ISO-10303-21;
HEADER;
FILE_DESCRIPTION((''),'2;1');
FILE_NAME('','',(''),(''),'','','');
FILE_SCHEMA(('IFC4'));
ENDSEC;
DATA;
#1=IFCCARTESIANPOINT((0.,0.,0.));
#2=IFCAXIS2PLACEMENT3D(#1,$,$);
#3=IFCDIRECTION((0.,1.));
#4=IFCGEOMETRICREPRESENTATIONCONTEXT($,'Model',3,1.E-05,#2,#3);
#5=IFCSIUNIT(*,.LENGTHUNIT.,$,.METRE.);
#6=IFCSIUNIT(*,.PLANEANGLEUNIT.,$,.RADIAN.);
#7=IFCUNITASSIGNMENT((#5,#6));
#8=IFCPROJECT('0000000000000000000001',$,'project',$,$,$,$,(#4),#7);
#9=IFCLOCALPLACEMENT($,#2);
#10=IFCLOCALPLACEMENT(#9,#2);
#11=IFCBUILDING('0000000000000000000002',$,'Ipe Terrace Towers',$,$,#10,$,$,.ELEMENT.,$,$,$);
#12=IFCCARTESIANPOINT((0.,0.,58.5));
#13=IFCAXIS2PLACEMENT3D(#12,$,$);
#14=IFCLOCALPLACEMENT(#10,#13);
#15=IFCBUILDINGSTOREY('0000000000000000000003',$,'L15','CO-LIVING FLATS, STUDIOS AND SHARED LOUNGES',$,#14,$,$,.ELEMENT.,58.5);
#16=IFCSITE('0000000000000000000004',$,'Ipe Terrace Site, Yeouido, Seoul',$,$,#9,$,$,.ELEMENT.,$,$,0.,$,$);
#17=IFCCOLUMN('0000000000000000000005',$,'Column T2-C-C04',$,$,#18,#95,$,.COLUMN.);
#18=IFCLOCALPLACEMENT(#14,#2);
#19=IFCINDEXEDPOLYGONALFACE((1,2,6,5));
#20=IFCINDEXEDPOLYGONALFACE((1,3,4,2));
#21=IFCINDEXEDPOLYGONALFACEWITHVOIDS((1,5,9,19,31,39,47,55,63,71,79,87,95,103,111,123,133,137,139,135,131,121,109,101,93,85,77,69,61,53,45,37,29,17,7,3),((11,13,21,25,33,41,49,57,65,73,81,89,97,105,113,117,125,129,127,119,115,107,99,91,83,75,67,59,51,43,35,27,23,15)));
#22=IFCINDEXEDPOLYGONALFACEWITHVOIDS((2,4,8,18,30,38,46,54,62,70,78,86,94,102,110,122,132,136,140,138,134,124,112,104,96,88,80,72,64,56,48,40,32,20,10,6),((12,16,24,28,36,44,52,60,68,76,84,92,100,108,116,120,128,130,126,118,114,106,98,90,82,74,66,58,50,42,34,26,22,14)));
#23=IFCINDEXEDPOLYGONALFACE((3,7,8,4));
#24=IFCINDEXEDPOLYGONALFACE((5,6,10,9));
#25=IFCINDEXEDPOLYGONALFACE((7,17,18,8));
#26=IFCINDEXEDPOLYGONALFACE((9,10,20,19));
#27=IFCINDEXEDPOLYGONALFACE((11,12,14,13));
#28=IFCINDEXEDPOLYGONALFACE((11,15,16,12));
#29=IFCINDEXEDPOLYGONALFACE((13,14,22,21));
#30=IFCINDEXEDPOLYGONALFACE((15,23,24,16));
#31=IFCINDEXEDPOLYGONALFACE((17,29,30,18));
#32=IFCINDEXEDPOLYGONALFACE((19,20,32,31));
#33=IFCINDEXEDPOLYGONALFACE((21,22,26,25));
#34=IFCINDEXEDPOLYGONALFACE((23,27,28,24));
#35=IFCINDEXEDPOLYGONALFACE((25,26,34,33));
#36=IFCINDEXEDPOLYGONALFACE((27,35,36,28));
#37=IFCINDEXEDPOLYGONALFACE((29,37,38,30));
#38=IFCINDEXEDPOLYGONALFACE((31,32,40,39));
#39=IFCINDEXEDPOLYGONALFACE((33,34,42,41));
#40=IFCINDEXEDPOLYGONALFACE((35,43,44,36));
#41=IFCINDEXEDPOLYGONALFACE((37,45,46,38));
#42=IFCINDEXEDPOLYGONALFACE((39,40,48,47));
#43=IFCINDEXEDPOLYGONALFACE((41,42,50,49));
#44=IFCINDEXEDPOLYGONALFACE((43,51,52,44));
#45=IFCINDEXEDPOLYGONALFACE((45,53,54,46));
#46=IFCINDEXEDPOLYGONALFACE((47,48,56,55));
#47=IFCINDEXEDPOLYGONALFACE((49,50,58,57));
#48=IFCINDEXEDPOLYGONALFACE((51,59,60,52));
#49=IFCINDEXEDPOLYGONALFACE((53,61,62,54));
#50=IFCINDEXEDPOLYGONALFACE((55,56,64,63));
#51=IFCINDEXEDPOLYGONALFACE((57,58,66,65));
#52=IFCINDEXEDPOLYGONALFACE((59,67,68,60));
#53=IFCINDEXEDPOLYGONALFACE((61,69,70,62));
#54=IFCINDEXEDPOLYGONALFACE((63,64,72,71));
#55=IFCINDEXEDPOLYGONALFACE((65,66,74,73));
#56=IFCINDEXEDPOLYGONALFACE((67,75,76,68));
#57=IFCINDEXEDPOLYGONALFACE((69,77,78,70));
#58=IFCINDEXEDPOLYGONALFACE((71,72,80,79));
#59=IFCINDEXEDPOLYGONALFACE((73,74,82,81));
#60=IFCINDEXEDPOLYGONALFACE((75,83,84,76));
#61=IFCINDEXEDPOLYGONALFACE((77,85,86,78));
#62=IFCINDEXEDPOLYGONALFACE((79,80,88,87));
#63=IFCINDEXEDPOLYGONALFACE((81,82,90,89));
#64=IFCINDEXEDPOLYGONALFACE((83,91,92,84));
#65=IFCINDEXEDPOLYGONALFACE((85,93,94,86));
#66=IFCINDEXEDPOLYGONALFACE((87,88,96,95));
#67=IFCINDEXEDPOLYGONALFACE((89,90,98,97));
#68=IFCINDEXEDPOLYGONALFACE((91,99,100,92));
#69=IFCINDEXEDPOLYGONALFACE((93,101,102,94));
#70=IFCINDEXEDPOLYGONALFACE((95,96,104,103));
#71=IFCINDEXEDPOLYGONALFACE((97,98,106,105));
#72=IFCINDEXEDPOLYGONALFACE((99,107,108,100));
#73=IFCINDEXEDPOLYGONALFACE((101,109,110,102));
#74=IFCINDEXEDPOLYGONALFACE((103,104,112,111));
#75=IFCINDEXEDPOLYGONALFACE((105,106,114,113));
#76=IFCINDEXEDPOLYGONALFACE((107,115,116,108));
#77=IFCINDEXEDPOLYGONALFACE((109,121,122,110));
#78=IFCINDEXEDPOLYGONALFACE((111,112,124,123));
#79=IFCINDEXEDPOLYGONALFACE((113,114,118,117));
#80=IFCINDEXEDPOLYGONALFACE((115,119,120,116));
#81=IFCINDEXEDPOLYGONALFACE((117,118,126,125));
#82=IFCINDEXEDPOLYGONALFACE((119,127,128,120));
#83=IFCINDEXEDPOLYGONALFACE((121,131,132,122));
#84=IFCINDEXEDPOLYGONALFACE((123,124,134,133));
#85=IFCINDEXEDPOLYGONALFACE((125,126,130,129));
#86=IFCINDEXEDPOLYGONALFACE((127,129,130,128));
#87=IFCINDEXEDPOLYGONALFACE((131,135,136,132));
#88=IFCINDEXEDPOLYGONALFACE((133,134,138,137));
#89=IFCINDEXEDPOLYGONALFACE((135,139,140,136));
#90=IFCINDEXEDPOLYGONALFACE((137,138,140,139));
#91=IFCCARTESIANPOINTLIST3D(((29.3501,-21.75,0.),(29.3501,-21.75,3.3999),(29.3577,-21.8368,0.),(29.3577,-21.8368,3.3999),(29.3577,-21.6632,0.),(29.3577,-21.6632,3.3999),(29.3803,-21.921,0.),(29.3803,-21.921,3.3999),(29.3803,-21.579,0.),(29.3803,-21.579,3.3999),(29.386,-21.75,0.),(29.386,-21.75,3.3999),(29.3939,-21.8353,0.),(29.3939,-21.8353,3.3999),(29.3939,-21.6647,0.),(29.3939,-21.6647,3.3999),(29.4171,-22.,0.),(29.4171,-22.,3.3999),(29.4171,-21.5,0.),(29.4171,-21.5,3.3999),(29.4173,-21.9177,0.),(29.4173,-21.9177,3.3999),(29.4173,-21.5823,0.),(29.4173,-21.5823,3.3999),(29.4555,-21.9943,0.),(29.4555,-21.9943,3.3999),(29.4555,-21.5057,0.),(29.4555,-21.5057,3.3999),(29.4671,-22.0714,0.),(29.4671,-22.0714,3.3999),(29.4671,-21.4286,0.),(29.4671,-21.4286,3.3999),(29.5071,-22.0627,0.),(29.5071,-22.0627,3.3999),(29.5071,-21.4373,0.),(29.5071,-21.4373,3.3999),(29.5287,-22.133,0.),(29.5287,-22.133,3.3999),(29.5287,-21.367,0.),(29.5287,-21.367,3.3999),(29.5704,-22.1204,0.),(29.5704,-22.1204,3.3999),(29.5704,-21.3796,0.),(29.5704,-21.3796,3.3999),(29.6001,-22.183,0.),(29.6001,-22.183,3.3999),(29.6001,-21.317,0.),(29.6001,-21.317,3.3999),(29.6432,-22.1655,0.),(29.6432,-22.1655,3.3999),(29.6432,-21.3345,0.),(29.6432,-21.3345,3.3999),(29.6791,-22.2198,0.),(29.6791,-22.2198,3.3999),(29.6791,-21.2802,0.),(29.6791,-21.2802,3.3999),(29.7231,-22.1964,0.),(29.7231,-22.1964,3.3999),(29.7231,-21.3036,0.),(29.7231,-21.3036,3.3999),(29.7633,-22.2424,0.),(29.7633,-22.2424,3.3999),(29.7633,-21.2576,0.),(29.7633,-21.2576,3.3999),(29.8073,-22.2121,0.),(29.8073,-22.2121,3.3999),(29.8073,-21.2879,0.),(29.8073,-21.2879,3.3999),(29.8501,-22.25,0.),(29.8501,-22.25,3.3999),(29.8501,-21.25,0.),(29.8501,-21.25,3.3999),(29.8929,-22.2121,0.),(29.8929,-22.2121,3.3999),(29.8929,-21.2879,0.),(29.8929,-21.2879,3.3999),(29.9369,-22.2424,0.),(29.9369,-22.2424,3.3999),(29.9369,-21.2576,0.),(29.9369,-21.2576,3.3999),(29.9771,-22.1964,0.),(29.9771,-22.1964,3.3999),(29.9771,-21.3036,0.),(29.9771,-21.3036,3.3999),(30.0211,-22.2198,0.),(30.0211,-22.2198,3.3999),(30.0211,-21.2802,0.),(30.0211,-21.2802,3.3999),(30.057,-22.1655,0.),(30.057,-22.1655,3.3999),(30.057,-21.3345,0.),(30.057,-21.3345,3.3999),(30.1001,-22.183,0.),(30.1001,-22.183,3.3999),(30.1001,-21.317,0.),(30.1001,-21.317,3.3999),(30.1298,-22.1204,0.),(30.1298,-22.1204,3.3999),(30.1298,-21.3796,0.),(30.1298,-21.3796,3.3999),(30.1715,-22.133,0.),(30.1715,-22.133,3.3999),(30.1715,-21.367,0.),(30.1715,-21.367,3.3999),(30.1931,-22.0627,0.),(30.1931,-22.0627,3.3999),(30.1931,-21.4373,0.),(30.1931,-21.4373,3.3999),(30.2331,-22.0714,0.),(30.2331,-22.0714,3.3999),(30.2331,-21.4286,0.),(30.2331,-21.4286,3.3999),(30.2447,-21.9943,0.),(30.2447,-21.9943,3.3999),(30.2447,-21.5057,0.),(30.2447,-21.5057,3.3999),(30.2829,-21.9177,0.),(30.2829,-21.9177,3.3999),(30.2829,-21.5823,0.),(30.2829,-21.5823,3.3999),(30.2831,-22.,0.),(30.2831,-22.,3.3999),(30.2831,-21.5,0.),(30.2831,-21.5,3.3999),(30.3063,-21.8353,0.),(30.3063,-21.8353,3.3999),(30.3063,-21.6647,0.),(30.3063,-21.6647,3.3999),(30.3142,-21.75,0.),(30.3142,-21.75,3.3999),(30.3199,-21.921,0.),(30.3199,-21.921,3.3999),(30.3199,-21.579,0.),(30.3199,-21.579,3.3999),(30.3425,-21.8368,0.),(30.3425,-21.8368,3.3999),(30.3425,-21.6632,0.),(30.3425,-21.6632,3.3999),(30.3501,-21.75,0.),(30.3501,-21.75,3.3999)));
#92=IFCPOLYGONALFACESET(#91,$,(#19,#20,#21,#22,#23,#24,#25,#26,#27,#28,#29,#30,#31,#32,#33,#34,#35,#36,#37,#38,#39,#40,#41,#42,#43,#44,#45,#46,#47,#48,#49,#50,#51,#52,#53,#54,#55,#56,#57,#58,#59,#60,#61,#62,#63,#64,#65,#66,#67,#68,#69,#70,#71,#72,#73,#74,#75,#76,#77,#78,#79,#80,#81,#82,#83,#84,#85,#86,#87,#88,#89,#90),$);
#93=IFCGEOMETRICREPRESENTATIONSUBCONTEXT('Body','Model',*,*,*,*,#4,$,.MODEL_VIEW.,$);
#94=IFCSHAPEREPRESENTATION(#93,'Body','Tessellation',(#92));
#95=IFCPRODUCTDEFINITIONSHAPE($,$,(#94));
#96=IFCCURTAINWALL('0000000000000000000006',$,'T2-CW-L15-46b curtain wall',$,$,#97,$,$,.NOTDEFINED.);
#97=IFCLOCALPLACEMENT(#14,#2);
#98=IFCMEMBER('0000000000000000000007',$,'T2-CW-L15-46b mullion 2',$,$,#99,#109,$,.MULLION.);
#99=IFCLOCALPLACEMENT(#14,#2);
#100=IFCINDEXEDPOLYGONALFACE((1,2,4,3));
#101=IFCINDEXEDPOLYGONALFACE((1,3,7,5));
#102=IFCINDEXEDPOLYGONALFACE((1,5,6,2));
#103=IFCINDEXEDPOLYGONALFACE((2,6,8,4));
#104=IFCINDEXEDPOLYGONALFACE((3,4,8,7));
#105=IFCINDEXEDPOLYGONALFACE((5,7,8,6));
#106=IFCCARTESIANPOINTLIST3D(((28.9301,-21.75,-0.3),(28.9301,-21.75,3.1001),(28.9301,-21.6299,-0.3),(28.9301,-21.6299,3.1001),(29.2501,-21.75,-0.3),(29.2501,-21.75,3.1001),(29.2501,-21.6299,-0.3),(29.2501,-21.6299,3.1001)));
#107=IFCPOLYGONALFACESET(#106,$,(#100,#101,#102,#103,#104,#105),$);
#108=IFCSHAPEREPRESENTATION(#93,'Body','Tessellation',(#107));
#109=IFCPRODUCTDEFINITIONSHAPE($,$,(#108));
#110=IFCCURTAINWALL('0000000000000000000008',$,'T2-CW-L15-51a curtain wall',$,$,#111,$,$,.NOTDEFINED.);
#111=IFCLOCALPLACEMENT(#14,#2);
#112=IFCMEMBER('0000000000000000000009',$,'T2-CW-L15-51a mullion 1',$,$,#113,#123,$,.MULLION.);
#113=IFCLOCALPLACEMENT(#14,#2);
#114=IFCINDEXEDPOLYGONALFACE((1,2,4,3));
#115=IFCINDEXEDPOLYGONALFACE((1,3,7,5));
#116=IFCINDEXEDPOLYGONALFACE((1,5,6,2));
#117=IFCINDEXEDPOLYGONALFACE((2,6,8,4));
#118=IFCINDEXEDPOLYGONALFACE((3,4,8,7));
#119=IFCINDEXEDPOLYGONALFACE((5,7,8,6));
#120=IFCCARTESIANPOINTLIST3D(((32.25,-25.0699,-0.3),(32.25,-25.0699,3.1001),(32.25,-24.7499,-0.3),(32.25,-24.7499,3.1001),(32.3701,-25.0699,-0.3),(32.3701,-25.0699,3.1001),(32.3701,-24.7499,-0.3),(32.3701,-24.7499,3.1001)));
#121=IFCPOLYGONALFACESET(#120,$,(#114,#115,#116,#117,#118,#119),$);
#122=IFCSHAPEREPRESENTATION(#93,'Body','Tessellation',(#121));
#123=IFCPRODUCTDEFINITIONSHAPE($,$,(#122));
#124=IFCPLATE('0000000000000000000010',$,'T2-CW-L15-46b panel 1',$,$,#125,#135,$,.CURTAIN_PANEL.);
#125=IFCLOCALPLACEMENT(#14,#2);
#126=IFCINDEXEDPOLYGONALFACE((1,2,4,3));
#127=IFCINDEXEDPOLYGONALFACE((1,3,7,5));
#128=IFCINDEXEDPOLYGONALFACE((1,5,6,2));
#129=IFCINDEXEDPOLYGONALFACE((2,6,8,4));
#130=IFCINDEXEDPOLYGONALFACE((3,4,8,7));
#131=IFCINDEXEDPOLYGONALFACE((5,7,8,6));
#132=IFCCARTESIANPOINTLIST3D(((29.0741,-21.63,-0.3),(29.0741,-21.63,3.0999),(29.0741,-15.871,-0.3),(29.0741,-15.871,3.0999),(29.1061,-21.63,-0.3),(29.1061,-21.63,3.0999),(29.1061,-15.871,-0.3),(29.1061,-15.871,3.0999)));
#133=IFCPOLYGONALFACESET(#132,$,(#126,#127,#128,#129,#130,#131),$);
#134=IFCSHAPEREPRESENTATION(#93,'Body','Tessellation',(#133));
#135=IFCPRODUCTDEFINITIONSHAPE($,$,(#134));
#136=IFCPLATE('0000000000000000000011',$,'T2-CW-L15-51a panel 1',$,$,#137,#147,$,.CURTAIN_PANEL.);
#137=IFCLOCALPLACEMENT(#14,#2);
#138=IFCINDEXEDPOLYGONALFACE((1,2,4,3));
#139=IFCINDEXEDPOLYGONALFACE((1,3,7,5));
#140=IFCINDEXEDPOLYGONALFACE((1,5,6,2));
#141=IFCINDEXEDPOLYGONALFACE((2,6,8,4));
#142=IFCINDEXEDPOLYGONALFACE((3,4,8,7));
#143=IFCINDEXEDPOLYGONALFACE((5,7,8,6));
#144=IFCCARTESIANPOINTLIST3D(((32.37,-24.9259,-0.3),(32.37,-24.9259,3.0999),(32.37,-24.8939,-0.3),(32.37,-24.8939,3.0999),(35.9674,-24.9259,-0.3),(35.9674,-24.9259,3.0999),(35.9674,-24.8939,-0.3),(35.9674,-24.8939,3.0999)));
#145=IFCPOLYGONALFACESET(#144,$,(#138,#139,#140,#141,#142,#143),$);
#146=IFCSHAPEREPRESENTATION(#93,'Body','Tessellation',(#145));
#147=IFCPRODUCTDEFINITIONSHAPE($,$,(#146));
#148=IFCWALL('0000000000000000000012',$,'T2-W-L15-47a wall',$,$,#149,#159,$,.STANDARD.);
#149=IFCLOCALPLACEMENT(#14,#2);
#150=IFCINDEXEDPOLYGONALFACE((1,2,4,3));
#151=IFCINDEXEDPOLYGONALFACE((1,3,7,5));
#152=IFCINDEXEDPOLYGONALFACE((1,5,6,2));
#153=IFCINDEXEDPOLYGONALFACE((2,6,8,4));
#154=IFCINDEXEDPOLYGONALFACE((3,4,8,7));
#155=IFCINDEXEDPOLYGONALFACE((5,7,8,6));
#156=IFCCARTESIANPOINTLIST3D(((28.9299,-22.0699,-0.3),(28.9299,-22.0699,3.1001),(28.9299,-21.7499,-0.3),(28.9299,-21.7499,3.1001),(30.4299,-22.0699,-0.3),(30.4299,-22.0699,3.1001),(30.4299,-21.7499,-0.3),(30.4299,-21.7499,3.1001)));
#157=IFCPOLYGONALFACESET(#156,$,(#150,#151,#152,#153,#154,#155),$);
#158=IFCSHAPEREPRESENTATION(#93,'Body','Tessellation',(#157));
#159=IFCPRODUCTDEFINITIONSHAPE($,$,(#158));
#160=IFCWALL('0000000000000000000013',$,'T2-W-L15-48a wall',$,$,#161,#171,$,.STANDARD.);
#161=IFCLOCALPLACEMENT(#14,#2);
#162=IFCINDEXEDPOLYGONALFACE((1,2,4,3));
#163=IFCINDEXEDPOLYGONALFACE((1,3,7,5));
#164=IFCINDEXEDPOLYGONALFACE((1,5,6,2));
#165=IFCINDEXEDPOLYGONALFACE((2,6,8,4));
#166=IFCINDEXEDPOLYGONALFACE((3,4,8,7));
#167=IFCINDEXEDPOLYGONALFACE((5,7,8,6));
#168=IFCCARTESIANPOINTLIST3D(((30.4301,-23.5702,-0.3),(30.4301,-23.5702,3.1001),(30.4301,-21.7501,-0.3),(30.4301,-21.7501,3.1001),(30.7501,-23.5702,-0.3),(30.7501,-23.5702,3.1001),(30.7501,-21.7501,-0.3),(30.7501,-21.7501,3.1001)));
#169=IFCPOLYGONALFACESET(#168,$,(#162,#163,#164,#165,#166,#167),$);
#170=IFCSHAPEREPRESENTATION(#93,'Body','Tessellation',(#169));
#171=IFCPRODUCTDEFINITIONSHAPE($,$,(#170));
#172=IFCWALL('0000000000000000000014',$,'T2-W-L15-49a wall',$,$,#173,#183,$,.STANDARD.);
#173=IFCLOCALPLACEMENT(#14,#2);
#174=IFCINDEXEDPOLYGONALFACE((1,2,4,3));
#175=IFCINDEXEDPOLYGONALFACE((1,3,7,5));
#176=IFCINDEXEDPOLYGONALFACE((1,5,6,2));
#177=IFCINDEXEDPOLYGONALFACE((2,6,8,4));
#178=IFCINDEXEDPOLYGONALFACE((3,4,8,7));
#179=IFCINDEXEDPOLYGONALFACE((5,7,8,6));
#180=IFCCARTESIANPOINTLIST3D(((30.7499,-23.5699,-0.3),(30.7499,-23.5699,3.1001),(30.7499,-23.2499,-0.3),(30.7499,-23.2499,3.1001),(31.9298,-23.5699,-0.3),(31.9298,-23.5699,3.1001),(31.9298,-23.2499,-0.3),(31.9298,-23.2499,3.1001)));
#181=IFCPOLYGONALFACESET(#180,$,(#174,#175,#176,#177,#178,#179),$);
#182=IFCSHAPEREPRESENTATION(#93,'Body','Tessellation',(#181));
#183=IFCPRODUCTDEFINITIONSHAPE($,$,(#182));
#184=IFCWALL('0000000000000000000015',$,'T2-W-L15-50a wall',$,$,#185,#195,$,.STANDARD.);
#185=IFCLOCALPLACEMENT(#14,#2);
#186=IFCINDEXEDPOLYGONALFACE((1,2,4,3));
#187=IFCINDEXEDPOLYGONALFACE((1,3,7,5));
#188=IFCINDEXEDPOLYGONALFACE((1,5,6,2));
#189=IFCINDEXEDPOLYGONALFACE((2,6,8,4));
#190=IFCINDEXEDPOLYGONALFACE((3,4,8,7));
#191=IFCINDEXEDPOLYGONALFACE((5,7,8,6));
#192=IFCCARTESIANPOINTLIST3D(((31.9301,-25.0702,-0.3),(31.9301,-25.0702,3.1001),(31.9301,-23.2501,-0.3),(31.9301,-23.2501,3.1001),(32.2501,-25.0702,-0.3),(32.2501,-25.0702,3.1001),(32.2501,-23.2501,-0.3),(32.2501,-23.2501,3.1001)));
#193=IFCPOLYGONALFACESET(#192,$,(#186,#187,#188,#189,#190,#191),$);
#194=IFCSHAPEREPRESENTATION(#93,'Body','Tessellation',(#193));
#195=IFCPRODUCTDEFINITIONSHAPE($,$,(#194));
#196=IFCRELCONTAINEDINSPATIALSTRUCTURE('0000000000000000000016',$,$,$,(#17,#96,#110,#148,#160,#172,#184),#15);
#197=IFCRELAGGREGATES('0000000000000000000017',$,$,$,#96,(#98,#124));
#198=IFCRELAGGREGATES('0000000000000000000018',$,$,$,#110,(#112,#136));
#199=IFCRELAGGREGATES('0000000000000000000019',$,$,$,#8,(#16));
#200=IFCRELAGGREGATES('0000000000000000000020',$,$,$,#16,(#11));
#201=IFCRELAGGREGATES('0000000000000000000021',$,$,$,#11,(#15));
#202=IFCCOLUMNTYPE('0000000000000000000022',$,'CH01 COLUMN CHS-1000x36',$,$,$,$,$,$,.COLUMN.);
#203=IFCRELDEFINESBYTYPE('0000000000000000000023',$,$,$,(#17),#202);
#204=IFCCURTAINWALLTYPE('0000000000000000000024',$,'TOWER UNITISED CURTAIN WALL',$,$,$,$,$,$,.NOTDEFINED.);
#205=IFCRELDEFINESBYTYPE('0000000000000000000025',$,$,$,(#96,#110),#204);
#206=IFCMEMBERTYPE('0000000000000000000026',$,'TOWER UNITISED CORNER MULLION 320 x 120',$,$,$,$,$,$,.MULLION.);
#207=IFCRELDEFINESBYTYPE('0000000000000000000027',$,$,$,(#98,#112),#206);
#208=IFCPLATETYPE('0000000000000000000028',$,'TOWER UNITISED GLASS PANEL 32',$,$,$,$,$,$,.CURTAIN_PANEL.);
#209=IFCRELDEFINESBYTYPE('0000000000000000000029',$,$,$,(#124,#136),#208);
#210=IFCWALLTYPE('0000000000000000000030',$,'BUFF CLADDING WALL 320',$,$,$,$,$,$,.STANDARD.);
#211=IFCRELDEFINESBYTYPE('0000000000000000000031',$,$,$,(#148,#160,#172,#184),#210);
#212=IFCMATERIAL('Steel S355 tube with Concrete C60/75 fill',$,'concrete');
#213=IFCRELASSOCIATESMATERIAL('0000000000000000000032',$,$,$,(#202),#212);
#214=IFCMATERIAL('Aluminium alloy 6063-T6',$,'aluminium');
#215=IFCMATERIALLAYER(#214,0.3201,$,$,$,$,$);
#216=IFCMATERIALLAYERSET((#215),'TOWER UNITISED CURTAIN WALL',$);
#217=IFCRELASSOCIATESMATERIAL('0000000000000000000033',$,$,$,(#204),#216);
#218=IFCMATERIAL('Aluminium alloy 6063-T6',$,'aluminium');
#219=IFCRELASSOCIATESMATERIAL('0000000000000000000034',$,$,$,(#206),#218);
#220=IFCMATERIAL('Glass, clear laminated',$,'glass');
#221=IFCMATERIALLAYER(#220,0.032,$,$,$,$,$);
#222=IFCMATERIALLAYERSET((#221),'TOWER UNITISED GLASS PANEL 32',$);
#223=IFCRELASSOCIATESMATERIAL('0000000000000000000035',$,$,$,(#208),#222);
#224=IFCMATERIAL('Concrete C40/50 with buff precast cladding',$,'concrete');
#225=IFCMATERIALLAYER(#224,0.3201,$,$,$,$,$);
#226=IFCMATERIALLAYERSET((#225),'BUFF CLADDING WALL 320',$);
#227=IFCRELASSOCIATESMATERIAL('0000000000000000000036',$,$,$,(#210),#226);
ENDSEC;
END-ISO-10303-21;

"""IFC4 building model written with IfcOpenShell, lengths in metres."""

from ifc_helpers import new_model, si_unit, direction, frame, frame_2d, origin, origin_2d, place, context, subcontext, project, spatial, rectangle, hollow_circle, extrude, material, layer, layer_set, material_profile, profile_set, type_object, element, aggregate, save


model = new_model("IFC4")

# Units and contexts
model_context = context("Model", 3, precision=1e-05, world=origin(), true_north=direction((0.0, 1.0)))
body_context = subcontext(model_context, "Body", "Model", "MODEL_VIEW")
ifc_project = project(units=[si_unit("LENGTHUNIT", "METRE"), si_unit("PLANEANGLEUNIT", "RADIAN")], contexts=[model_context])

# Site, building, storey
site_placement = place(None, origin())
site = spatial("IfcSite", under=ifc_project, at=site_placement, Name="Ipe Terrace Site, Yeouido, Seoul", CompositionType="ELEMENT", RefElevation=0.0)
building_placement = place(site_placement, origin())
building = spatial("IfcBuilding", under=site, at=building_placement, Name="Ipe Terrace Towers", CompositionType="ELEMENT")
storey_placement = place(building_placement, frame((0.0, 0.0, 58.5)))
storey = spatial("IfcBuildingStorey", under=building, at=storey_placement, Name="L15", Description="CO-LIVING FLATS, STUDIOS AND SHARED LOUNGES", CompositionType="ELEMENT", Elevation=58.5)

# Column
ifc_material_1 = material(Name="Steel S355 tube with Concrete C60/75 fill", Category="concrete")
ifc_material_profile_1 = material_profile(ifc_material_1, hollow_circle(Radius=0.5, WallThickness=0.0359, at=origin_2d()), Name="CHS-1000x36")
ifc_profile_set_1 = profile_set([ifc_material_profile_1], Name="Steel S355 tube with Concrete C60/75 fill")
column_type = type_object("IfcColumnType", Name="CH01 COLUMN CHS-1000x36", PredefinedType="COLUMN", material=ifc_profile_set_1)
column_placement = place(storey_placement, frame((29.8501, -21.75, 0.0), z_axis=(0.0, 0.0, 1.0), x_axis=(1.0, 0.0, 0.0)))
element("IfcColumn", 1, at=column_placement, inside=storey, type_object=column_type, Name="Column T2-C-C04", PredefinedType="COLUMN", context=body_context, shape_type="SweptSolid", body=[
    extrude(hollow_circle(Radius=0.5, WallThickness=0.0359, at=origin_2d()), origin(), (0.0, 0.0, 1.0), 3.3999),
])

# Curtain walls, members
ifc_material_2 = material(Name="Aluminium alloy 6063-T6", Category="aluminium")
ifc_layer_1 = layer(ifc_material_2, 0.3201)
ifc_layer_set_1 = layer_set([ifc_layer_1], Name="TOWER UNITISED CURTAIN WALL")
curtain_wall_type = type_object("IfcCurtainWallType", Name="TOWER UNITISED CURTAIN WALL", PredefinedType="NOTDEFINED", material=ifc_layer_set_1)
curtain_wall_1_placement = place(storey_placement, origin())
curtain_wall_1 = element("IfcCurtainWall", 2, at=curtain_wall_1_placement, inside=storey, type_object=curtain_wall_type, Name="T2-CW-L15-46b curtain wall", PredefinedType="NOTDEFINED")
ifc_material_3 = material(Name="Aluminium alloy 6063-T6", Category="aluminium")
ifc_material_profile_2 = material_profile(ifc_material_3, rectangle(XDim=0.3201, YDim=0.1201, at=origin_2d()), Name="TOWER UNITISED CORNER MULLION 320 x 120")
ifc_profile_set_2 = profile_set([ifc_material_profile_2], Name="Aluminium alloy 6063-T6")
member_type = type_object("IfcMemberType", Name="TOWER UNITISED CORNER MULLION 320 x 120", PredefinedType="MULLION", material=ifc_profile_set_2)
member_1_placement = place(storey_placement, frame((29.0901, -21.6899, -0.3), z_axis=(0.0, 0.0, 1.0), x_axis=(-1.0, 0.0, 0.0)))
member_1 = element("IfcMember", 3, at=member_1_placement, type_object=member_type, Name="T2-CW-L15-46b mullion 2", PredefinedType="MULLION", context=body_context, shape_type="SweptSolid", body=[
    extrude(rectangle(XDim=0.3201, YDim=0.1201, at=origin_2d()), origin(), (0.0, 0.0, 1.0), 3.4001),
])
curtain_wall_2_placement = place(storey_placement, origin())
curtain_wall_2 = element("IfcCurtainWall", 4, at=curtain_wall_2_placement, inside=storey, type_object=curtain_wall_type, Name="T2-CW-L15-51a curtain wall", PredefinedType="NOTDEFINED")
member_2_placement = place(storey_placement, frame((32.3101, -24.9099, -0.3), z_axis=(0.0, 0.0, 1.0), x_axis=(0.0, -1.0, 0.0)))
member_2 = element("IfcMember", 5, at=member_2_placement, type_object=member_type, Name="T2-CW-L15-51a mullion 1", PredefinedType="MULLION", context=body_context, shape_type="SweptSolid", body=[
    extrude(rectangle(XDim=0.3201, YDim=0.1201, at=origin_2d()), origin(), (0.0, 0.0, 1.0), 3.4001),
])

# Plates
ifc_material_4 = material(Name="Glass, clear laminated", Category="glass")
ifc_layer_2 = layer(ifc_material_4, 0.032)
ifc_layer_set_2 = layer_set([ifc_layer_2], Name="TOWER UNITISED GLASS PANEL 32")
plate_type = type_object("IfcPlateType", Name="TOWER UNITISED GLASS PANEL 32", PredefinedType="CURTAIN_PANEL", material=ifc_layer_set_2)
plate_1_placement = place(storey_placement, frame((29.0901, -18.7505, -0.3), z_axis=(0.0, 0.0, 1.0), x_axis=(0.0, -1.0, 0.0)))
plate_1 = element("IfcPlate", 6, at=plate_1_placement, type_object=plate_type, Name="T2-CW-L15-46b panel 1", PredefinedType="CURTAIN_PANEL", context=body_context, shape_type="SweptSolid", body=[
    extrude(rectangle(XDim=5.759, YDim=0.032, at=origin_2d()), origin(), (0.0, 0.0, 1.0), 3.3999),
])
aggregate(curtain_wall_1, [member_1, plate_1])
plate_2_placement = place(storey_placement, frame((34.1687, -24.9099, -0.3), z_axis=(0.0, 0.0, 1.0), x_axis=(1.0, 0.0, 0.0)))
plate_2 = element("IfcPlate", 7, at=plate_2_placement, type_object=plate_type, Name="T2-CW-L15-51a panel 1", PredefinedType="CURTAIN_PANEL", context=body_context, shape_type="SweptSolid", body=[
    extrude(rectangle(XDim=3.5974, YDim=0.032, at=origin_2d()), origin(), (0.0, 0.0, 1.0), 3.3999),
])
aggregate(curtain_wall_2, [member_2, plate_2])

# Walls
ifc_material_5 = material(Name="Concrete C40/50 with buff precast cladding", Category="concrete")
ifc_layer_3 = layer(ifc_material_5, 0.3201)
ifc_layer_set_3 = layer_set([ifc_layer_3], Name="BUFF CLADDING WALL 320")
wall_type_1 = type_object("IfcWallType", Name="BUFF CLADDING WALL 320", PredefinedType="STANDARD", material=ifc_layer_set_3)
wall_1_placement = place(storey_placement, frame((28.9299, -21.9099, -0.3), z_axis=(0.0, 0.0, 1.0), x_axis=(1.0, 0.0, 0.0)))
element("IfcWall", 8, at=wall_1_placement, inside=storey, type_object=wall_type_1, Name="T2-W-L15-47a wall", PredefinedType="STANDARD", context=body_context, shape_type="SweptSolid", body=[
    extrude(rectangle(XDim=1.5, YDim=0.3201, at=frame_2d((0.75, 0.0))), origin(), (0.0, 0.0, 1.0), 3.4001),
])
wall_2_placement = place(storey_placement, frame((30.5901, -21.75, -0.3), z_axis=(0.0, 0.0, 1.0), x_axis=(0.0, -1.0, 0.0)))
element("IfcWall", 9, at=wall_2_placement, inside=storey, type_object=wall_type_1, Name="T2-W-L15-48a wall", PredefinedType="STANDARD", context=body_context, shape_type="SweptSolid", body=[
    extrude(rectangle(XDim=1.8201, YDim=0.3201, at=frame_2d((0.9102, 0.0))), origin(), (0.0, 0.0, 1.0), 3.4001),
])
wall_3_placement = place(storey_placement, frame((30.75, -23.4099, -0.3), z_axis=(0.0, 0.0, 1.0), x_axis=(1.0, 0.0, 0.0)))
element("IfcWall", 10, at=wall_3_placement, inside=storey, type_object=wall_type_1, Name="T2-W-L15-49a wall", PredefinedType="STANDARD", context=body_context, shape_type="SweptSolid", body=[
    extrude(rectangle(XDim=1.1799, YDim=0.3201, at=frame_2d((0.5898, 0.0))), origin(), (0.0, 0.0, 1.0), 3.4001),
])
wall_4_placement = place(storey_placement, frame((32.0901, -23.25, -0.3), z_axis=(0.0, 0.0, 1.0), x_axis=(0.0, -1.0, 0.0)))
element("IfcWall", 11, at=wall_4_placement, inside=storey, type_object=wall_type_1, Name="T2-W-L15-50a wall", PredefinedType="STANDARD", context=body_context, shape_type="SweptSolid", body=[
    extrude(rectangle(XDim=1.8201, YDim=0.3201, at=frame_2d((0.9102, 0.0))), origin(), (0.0, 0.0, 1.0), 3.4001),
])

save(model, "model.ifc")
